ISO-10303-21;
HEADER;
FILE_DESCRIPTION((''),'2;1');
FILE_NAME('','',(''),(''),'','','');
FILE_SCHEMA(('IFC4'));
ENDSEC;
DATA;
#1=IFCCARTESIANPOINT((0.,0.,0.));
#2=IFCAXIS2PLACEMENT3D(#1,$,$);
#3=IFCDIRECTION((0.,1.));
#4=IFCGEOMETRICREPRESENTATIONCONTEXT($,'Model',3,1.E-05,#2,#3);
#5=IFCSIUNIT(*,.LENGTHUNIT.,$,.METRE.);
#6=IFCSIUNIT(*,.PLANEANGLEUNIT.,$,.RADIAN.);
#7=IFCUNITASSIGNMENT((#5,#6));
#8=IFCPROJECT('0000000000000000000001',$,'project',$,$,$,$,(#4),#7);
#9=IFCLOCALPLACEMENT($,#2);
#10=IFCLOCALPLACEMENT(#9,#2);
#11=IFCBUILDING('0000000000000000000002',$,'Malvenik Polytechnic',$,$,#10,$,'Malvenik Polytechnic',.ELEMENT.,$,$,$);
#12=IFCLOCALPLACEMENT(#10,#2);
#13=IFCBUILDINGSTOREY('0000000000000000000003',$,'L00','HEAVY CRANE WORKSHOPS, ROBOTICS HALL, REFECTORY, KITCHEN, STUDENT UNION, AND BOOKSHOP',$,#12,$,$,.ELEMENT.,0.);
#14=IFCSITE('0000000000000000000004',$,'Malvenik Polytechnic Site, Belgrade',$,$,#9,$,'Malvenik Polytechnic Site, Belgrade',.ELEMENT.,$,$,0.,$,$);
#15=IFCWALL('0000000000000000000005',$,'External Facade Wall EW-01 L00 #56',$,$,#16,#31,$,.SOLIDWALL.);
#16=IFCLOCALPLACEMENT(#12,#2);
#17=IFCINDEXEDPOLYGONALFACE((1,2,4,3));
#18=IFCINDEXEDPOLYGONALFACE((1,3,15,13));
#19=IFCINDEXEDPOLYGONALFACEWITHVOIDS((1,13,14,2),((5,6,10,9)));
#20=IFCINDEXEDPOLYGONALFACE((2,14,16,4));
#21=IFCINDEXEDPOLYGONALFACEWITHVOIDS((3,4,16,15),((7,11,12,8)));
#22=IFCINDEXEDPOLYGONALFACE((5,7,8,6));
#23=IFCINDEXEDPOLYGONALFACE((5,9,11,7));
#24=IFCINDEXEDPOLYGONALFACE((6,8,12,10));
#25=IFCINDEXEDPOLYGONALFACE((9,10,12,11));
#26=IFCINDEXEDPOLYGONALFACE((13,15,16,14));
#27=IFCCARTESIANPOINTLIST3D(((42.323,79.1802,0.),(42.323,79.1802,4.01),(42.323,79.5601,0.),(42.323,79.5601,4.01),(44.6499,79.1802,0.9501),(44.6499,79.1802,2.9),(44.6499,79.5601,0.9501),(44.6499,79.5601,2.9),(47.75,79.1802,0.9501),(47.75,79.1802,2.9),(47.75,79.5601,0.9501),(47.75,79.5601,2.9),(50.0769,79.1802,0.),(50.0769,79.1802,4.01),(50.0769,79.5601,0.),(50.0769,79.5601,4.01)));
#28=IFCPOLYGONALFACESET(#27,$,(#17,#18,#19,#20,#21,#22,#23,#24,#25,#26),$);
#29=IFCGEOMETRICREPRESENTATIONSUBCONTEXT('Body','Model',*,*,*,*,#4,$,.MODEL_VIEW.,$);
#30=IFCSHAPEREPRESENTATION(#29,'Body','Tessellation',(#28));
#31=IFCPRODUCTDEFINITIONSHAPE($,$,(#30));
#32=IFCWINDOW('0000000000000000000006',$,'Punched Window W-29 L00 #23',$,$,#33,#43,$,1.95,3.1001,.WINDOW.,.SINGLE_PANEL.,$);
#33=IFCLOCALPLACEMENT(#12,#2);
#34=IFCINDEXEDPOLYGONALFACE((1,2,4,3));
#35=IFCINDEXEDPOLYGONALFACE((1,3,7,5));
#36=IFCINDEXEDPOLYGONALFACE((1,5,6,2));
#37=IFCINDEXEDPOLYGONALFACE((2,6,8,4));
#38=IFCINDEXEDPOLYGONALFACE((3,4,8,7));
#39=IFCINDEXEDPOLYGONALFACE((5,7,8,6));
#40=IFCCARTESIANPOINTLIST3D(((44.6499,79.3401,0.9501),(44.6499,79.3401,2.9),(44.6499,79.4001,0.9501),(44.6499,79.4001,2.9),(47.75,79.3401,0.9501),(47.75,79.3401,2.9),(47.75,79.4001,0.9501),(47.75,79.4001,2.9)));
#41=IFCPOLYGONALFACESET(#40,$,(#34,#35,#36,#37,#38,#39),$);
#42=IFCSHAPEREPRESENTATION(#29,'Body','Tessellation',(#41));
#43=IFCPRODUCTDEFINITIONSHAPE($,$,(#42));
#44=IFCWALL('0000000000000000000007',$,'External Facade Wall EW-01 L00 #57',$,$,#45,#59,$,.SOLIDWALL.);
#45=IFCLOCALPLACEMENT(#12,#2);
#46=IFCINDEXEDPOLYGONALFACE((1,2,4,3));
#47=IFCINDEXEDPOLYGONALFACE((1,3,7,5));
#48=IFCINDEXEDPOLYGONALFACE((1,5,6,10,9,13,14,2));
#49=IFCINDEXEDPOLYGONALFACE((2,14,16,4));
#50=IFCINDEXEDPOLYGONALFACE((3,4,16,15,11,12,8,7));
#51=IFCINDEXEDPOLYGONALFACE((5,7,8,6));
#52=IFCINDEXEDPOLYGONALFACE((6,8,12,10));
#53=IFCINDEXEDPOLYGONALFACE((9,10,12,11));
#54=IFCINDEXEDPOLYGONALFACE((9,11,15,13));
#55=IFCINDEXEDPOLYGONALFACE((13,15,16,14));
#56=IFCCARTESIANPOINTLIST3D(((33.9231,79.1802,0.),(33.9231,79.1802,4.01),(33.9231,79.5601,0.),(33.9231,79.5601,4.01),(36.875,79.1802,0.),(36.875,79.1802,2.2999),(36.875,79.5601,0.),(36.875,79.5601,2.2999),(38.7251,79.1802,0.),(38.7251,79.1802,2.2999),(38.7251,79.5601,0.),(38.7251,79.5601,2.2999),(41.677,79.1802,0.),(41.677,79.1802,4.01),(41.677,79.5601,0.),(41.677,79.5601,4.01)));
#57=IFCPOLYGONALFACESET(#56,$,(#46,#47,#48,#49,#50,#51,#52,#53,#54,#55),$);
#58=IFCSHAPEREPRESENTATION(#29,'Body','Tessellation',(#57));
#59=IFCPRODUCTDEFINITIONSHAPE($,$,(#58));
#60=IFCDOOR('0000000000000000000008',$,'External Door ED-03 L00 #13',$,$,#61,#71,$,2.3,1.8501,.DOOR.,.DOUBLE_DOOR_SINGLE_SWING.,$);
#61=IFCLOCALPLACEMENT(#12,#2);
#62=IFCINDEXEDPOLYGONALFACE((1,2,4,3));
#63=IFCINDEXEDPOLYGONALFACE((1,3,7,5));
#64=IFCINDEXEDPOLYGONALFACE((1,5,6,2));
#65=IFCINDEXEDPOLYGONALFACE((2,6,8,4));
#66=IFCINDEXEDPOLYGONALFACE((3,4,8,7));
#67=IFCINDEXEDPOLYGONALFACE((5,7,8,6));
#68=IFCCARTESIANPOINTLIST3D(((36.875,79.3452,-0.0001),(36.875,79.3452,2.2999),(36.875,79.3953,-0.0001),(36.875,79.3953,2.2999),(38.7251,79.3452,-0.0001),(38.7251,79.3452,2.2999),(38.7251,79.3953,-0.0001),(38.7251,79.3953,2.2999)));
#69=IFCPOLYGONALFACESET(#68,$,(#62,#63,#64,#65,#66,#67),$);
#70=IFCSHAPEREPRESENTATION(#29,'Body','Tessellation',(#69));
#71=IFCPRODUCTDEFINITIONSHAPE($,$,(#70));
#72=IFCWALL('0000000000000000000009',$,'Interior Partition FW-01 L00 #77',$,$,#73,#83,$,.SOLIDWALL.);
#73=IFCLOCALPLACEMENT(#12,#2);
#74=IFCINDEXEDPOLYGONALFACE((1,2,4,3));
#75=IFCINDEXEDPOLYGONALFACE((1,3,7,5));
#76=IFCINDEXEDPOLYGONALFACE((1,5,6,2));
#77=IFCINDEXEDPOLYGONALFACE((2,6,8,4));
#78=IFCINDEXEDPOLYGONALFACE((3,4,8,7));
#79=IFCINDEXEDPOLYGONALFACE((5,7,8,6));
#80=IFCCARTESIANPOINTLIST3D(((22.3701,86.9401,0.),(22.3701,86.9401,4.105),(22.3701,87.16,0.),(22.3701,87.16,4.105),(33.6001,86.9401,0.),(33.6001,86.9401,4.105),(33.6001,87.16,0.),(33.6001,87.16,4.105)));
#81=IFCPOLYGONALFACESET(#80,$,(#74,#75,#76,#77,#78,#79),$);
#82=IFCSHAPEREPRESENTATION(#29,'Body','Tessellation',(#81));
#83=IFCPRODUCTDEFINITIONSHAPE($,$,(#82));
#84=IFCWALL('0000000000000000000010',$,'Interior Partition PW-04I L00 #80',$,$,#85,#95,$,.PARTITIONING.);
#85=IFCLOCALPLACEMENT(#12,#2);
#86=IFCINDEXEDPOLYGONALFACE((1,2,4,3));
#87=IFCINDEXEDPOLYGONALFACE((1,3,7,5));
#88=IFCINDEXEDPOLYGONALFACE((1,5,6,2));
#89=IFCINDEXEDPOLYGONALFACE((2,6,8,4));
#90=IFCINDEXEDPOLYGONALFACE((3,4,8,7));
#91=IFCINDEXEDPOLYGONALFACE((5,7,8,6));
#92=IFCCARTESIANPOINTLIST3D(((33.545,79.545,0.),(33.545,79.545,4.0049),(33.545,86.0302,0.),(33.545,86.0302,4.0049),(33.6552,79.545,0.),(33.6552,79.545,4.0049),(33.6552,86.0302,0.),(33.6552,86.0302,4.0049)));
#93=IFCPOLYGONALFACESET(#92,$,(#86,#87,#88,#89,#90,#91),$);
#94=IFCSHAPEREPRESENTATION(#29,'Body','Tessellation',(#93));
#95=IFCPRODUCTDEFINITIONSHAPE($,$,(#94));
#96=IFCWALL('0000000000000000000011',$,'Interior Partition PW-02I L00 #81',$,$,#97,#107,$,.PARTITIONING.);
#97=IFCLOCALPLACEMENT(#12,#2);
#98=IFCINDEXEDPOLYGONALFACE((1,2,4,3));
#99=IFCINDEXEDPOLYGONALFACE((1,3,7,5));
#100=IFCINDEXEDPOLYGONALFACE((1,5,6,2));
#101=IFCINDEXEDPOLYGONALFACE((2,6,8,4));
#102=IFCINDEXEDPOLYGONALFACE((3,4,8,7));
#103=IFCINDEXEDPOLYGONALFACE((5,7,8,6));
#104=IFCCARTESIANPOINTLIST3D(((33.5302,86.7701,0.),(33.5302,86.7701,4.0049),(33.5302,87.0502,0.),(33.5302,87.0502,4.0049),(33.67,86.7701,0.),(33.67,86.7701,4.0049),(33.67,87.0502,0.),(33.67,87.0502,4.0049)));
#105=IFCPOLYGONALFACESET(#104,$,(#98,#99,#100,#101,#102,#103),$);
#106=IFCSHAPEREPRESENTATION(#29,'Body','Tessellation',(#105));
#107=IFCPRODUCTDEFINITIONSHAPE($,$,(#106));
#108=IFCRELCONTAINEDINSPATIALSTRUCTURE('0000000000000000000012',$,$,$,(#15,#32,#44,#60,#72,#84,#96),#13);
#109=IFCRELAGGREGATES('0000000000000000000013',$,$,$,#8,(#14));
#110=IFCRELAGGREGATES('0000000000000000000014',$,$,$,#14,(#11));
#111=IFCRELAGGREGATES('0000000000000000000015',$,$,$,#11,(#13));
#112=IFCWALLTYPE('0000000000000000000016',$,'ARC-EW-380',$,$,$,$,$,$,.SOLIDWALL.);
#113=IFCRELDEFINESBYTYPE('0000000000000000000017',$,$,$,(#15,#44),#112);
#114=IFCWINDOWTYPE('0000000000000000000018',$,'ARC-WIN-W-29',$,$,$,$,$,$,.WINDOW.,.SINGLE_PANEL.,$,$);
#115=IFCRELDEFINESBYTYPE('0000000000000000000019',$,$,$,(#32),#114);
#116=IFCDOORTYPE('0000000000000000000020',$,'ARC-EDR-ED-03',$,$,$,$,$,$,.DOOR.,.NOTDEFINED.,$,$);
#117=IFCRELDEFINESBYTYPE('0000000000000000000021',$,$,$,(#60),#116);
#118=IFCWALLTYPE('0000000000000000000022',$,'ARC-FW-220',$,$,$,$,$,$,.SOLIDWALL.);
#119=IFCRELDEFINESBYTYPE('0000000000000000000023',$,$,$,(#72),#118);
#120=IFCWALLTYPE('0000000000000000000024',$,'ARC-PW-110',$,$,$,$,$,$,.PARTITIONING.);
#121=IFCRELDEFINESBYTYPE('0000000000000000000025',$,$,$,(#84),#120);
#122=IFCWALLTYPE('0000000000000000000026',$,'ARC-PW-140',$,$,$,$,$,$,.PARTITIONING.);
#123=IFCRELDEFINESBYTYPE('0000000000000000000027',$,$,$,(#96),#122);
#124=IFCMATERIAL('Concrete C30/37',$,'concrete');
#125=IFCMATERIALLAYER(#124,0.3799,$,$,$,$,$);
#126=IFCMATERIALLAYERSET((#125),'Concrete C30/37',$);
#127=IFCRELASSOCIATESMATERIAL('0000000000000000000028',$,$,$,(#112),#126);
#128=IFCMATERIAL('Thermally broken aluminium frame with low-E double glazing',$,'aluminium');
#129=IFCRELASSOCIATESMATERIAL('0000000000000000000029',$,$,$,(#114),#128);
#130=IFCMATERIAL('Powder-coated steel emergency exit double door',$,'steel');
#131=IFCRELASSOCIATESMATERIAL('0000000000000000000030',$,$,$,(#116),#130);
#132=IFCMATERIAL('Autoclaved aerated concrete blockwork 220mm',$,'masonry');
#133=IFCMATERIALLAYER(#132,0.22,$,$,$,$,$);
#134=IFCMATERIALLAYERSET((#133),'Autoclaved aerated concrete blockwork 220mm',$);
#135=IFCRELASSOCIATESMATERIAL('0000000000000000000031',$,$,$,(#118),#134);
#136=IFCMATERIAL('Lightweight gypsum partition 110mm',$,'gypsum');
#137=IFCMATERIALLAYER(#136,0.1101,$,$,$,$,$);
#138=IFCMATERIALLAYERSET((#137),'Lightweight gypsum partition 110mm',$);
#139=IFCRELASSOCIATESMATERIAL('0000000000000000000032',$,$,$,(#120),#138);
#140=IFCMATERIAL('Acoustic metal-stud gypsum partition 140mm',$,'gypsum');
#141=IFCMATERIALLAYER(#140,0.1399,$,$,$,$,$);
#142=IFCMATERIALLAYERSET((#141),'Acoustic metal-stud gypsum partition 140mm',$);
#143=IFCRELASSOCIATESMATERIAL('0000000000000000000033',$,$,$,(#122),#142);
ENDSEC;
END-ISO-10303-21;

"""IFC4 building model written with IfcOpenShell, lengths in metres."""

from ifc_helpers import new_model, si_unit, direction, frame, frame_2d, origin, place, context, subcontext, project, spatial, rectangle, extrude, material, layer, layer_set, type_object, element, fill, save


model = new_model("IFC4")

# Units and contexts
model_context = context("Model", 3, precision=1e-05, world=origin(), true_north=direction((0.0, 1.0)))
body_context = subcontext(model_context, "Body", "Model", "MODEL_VIEW")
ifc_project = project(units=[si_unit("LENGTHUNIT", "METRE"), si_unit("PLANEANGLEUNIT", "RADIAN")], contexts=[model_context])

# Site, building, storey
site_placement = place(None, origin())
site = spatial("IfcSite", under=ifc_project, at=site_placement, Name="Malvenik Polytechnic Site, Belgrade", LongName="Malvenik Polytechnic Site, Belgrade", CompositionType="ELEMENT", RefElevation=0.0)
building_placement = place(site_placement, origin())
building = spatial("IfcBuilding", under=site, at=building_placement, Name="Malvenik Polytechnic", LongName="Malvenik Polytechnic", CompositionType="ELEMENT")
storey_placement = place(building_placement, origin())
storey = spatial("IfcBuildingStorey", under=building, at=storey_placement, Name="L00", Description="HEAVY CRANE WORKSHOPS, ROBOTICS HALL, REFECTORY, KITCHEN, STUDENT UNION, AND BOOKSHOP", CompositionType="ELEMENT", Elevation=0.0)

# Shared definitions
ifc_material_1 = material(Name="Concrete C30/37", Category="concrete")

# Wall, opening, window
ifc_layer_1 = layer(ifc_material_1, 0.3799)
ifc_layer_set_1 = layer_set([ifc_layer_1], Name="Concrete C30/37")
wall_type_1 = type_object("IfcWallType", Name="ARC-EW-380", PredefinedType="SOLIDWALL", material=ifc_layer_set_1)
wall_1_placement = place(storey_placement, frame((50.0769, 79.3701, 0.0), z_axis=(0.0, 0.0, 1.0), x_axis=(-1.0, 0.0, 0.0)))
wall_1 = element("IfcWall", 1, at=wall_1_placement, inside=storey, type_object=wall_type_1, Name="External Facade Wall EW-01 L00 #56", PredefinedType="SOLIDWALL", context=body_context, shape_type="SweptSolid", body=[
    extrude(rectangle(XDim=7.7539, YDim=0.3799, at=frame_2d((3.877, 0.0))), origin(), (0.0, 0.0, 1.0), 4.01),
])
opening_1_placement = place(wall_1_placement, frame((2.3269, 0.0, 0.95)))
opening_1 = element("IfcOpeningElement", 2, at=opening_1_placement, cuts=wall_1, PredefinedType="OPENING", context=body_context, shape_type="SweptSolid", body=[
    extrude(rectangle(XDim=3.1001, YDim=1.95, at=frame_2d((1.55, 0.9751))), frame((0.0, 0.2, 0.0), z_axis=(0.0, -1.0, 0.0), x_axis=(1.0, 0.0, 0.0)), (0.0, 0.0, 1.0), 0.3999),
])
ifc_material_2 = material(Name="Thermally broken aluminium frame with low-E double glazing", Category="aluminium")
window_type = type_object("IfcWindowType", Name="ARC-WIN-W-29", PartitioningType="SINGLE_PANEL", PredefinedType="WINDOW", material=ifc_material_2)
window_placement = place(opening_1_placement, origin())
window = element("IfcWindow", 3, at=window_placement, inside=storey, type_object=window_type, Name="Punched Window W-29 L00 #23", OverallHeight=1.95, OverallWidth=3.1001, PartitioningType="SINGLE_PANEL", PredefinedType="WINDOW", context=body_context, shape_type="SweptSolid", body=[
    extrude(rectangle(XDim=3.1001, YDim=1.95, at=frame_2d((1.55, 0.9751))), frame((0.0, 0.03, 0.0), z_axis=(0.0, -1.0, 0.0), x_axis=(1.0, 0.0, 0.0)), (0.0, 0.0, 1.0), 0.0601),
])
fill(opening_1, window)

# Wall, opening, door
wall_2_placement = place(storey_placement, frame((41.677, 79.3701, 0.0), z_axis=(0.0, 0.0, 1.0), x_axis=(-1.0, 0.0, 0.0)))
wall_2 = element("IfcWall", 4, at=wall_2_placement, inside=storey, type_object=wall_type_1, Name="External Facade Wall EW-01 L00 #57", PredefinedType="SOLIDWALL", context=body_context, shape_type="SweptSolid", body=[
    extrude(rectangle(XDim=7.7539, YDim=0.3799, at=frame_2d((3.877, 0.0))), origin(), (0.0, 0.0, 1.0), 4.01),
])
opening_2_placement = place(wall_2_placement, frame((2.9519, 0.0, 0.0)))
opening_2 = element("IfcOpeningElement", 5, at=opening_2_placement, cuts=wall_2, PredefinedType="OPENING", context=body_context, shape_type="SweptSolid", body=[
    extrude(rectangle(XDim=1.8501, YDim=2.3, at=frame_2d((0.925, 1.1499))), frame((0.0, 0.2, 0.0), z_axis=(0.0, -1.0, 0.0), x_axis=(1.0, 0.0, 0.0)), (0.0, 0.0, 1.0), 0.3999),
])
ifc_material_3 = material(Name="Powder-coated steel emergency exit double door", Category="steel")
door_type = type_object("IfcDoorType", Name="ARC-EDR-ED-03", OperationType="NOTDEFINED", PredefinedType="DOOR", material=ifc_material_3)
door_placement = place(opening_2_placement, origin())
door = element("IfcDoor", 6, at=door_placement, inside=storey, type_object=door_type, Name="External Door ED-03 L00 #13", OperationType="DOUBLE_DOOR_SINGLE_SWING", OverallHeight=2.3, OverallWidth=1.8501, PredefinedType="DOOR", context=body_context, shape_type="SweptSolid", body=[
    extrude(rectangle(XDim=1.8501, YDim=2.3, at=frame_2d((0.925, 1.1499))), frame((0.0, 0.0249, 0.0), z_axis=(0.0, -1.0, 0.0), x_axis=(1.0, 0.0, 0.0)), (0.0, 0.0, 1.0), 0.05),
])
fill(opening_2, door)

# Walls
ifc_material_4 = material(Name="Autoclaved aerated concrete blockwork 220mm", Category="masonry")
ifc_layer_2 = layer(ifc_material_4, 0.22)
ifc_layer_set_2 = layer_set([ifc_layer_2], Name="Autoclaved aerated concrete blockwork 220mm")
wall_type_2 = type_object("IfcWallType", Name="ARC-FW-220", PredefinedType="SOLIDWALL", material=ifc_layer_set_2)
wall_3_placement = place(storey_placement, frame((33.6001, 87.05, 0.0), z_axis=(0.0, 0.0, 1.0), x_axis=(-1.0, 0.0, 0.0)))
element("IfcWall", 7, at=wall_3_placement, inside=storey, type_object=wall_type_2, Name="Interior Partition FW-01 L00 #77", PredefinedType="SOLIDWALL", context=body_context, shape_type="SweptSolid", body=[
    extrude(rectangle(XDim=11.23, YDim=0.22, at=frame_2d((5.615, 0.0))), origin(), (0.0, 0.0, 1.0), 4.105),
])
ifc_material_5 = material(Name="Lightweight gypsum partition 110mm", Category="gypsum")
ifc_layer_3 = layer(ifc_material_5, 0.1101)
ifc_layer_set_3 = layer_set([ifc_layer_3], Name="Lightweight gypsum partition 110mm")
wall_type_3 = type_object("IfcWallType", Name="ARC-PW-110", PredefinedType="PARTITIONING", material=ifc_layer_set_3)
wall_4_placement = place(storey_placement, frame((33.6001, 79.5449, 0.0), z_axis=(0.0, 0.0, 1.0), x_axis=(0.0, 1.0, 0.0)))
element("IfcWall", 8, at=wall_4_placement, inside=storey, type_object=wall_type_3, Name="Interior Partition PW-04I L00 #80", PredefinedType="PARTITIONING", context=body_context, shape_type="SweptSolid", body=[
    extrude(rectangle(XDim=6.4851, YDim=0.1101, at=frame_2d((3.2427, 0.0))), origin(), (0.0, 0.0, 1.0), 4.0049),
])
ifc_material_6 = material(Name="Acoustic metal-stud gypsum partition 140mm", Category="gypsum")
ifc_layer_4 = layer(ifc_material_6, 0.1399)
ifc_layer_set_4 = layer_set([ifc_layer_4], Name="Acoustic metal-stud gypsum partition 140mm")
wall_type_4 = type_object("IfcWallType", Name="ARC-PW-140", PredefinedType="PARTITIONING", material=ifc_layer_set_4)
wall_5_placement = place(storey_placement, frame((33.6001, 86.77, 0.0), z_axis=(0.0, 0.0, 1.0), x_axis=(0.0, 1.0, 0.0)))
element("IfcWall", 9, at=wall_5_placement, inside=storey, type_object=wall_type_4, Name="Interior Partition PW-02I L00 #81", PredefinedType="PARTITIONING", context=body_context, shape_type="SweptSolid", body=[
    extrude(rectangle(XDim=0.28, YDim=0.1399, at=frame_2d((0.1401, 0.0))), origin(), (0.0, 0.0, 1.0), 4.0049),
])

save(model, "model.ifc")
